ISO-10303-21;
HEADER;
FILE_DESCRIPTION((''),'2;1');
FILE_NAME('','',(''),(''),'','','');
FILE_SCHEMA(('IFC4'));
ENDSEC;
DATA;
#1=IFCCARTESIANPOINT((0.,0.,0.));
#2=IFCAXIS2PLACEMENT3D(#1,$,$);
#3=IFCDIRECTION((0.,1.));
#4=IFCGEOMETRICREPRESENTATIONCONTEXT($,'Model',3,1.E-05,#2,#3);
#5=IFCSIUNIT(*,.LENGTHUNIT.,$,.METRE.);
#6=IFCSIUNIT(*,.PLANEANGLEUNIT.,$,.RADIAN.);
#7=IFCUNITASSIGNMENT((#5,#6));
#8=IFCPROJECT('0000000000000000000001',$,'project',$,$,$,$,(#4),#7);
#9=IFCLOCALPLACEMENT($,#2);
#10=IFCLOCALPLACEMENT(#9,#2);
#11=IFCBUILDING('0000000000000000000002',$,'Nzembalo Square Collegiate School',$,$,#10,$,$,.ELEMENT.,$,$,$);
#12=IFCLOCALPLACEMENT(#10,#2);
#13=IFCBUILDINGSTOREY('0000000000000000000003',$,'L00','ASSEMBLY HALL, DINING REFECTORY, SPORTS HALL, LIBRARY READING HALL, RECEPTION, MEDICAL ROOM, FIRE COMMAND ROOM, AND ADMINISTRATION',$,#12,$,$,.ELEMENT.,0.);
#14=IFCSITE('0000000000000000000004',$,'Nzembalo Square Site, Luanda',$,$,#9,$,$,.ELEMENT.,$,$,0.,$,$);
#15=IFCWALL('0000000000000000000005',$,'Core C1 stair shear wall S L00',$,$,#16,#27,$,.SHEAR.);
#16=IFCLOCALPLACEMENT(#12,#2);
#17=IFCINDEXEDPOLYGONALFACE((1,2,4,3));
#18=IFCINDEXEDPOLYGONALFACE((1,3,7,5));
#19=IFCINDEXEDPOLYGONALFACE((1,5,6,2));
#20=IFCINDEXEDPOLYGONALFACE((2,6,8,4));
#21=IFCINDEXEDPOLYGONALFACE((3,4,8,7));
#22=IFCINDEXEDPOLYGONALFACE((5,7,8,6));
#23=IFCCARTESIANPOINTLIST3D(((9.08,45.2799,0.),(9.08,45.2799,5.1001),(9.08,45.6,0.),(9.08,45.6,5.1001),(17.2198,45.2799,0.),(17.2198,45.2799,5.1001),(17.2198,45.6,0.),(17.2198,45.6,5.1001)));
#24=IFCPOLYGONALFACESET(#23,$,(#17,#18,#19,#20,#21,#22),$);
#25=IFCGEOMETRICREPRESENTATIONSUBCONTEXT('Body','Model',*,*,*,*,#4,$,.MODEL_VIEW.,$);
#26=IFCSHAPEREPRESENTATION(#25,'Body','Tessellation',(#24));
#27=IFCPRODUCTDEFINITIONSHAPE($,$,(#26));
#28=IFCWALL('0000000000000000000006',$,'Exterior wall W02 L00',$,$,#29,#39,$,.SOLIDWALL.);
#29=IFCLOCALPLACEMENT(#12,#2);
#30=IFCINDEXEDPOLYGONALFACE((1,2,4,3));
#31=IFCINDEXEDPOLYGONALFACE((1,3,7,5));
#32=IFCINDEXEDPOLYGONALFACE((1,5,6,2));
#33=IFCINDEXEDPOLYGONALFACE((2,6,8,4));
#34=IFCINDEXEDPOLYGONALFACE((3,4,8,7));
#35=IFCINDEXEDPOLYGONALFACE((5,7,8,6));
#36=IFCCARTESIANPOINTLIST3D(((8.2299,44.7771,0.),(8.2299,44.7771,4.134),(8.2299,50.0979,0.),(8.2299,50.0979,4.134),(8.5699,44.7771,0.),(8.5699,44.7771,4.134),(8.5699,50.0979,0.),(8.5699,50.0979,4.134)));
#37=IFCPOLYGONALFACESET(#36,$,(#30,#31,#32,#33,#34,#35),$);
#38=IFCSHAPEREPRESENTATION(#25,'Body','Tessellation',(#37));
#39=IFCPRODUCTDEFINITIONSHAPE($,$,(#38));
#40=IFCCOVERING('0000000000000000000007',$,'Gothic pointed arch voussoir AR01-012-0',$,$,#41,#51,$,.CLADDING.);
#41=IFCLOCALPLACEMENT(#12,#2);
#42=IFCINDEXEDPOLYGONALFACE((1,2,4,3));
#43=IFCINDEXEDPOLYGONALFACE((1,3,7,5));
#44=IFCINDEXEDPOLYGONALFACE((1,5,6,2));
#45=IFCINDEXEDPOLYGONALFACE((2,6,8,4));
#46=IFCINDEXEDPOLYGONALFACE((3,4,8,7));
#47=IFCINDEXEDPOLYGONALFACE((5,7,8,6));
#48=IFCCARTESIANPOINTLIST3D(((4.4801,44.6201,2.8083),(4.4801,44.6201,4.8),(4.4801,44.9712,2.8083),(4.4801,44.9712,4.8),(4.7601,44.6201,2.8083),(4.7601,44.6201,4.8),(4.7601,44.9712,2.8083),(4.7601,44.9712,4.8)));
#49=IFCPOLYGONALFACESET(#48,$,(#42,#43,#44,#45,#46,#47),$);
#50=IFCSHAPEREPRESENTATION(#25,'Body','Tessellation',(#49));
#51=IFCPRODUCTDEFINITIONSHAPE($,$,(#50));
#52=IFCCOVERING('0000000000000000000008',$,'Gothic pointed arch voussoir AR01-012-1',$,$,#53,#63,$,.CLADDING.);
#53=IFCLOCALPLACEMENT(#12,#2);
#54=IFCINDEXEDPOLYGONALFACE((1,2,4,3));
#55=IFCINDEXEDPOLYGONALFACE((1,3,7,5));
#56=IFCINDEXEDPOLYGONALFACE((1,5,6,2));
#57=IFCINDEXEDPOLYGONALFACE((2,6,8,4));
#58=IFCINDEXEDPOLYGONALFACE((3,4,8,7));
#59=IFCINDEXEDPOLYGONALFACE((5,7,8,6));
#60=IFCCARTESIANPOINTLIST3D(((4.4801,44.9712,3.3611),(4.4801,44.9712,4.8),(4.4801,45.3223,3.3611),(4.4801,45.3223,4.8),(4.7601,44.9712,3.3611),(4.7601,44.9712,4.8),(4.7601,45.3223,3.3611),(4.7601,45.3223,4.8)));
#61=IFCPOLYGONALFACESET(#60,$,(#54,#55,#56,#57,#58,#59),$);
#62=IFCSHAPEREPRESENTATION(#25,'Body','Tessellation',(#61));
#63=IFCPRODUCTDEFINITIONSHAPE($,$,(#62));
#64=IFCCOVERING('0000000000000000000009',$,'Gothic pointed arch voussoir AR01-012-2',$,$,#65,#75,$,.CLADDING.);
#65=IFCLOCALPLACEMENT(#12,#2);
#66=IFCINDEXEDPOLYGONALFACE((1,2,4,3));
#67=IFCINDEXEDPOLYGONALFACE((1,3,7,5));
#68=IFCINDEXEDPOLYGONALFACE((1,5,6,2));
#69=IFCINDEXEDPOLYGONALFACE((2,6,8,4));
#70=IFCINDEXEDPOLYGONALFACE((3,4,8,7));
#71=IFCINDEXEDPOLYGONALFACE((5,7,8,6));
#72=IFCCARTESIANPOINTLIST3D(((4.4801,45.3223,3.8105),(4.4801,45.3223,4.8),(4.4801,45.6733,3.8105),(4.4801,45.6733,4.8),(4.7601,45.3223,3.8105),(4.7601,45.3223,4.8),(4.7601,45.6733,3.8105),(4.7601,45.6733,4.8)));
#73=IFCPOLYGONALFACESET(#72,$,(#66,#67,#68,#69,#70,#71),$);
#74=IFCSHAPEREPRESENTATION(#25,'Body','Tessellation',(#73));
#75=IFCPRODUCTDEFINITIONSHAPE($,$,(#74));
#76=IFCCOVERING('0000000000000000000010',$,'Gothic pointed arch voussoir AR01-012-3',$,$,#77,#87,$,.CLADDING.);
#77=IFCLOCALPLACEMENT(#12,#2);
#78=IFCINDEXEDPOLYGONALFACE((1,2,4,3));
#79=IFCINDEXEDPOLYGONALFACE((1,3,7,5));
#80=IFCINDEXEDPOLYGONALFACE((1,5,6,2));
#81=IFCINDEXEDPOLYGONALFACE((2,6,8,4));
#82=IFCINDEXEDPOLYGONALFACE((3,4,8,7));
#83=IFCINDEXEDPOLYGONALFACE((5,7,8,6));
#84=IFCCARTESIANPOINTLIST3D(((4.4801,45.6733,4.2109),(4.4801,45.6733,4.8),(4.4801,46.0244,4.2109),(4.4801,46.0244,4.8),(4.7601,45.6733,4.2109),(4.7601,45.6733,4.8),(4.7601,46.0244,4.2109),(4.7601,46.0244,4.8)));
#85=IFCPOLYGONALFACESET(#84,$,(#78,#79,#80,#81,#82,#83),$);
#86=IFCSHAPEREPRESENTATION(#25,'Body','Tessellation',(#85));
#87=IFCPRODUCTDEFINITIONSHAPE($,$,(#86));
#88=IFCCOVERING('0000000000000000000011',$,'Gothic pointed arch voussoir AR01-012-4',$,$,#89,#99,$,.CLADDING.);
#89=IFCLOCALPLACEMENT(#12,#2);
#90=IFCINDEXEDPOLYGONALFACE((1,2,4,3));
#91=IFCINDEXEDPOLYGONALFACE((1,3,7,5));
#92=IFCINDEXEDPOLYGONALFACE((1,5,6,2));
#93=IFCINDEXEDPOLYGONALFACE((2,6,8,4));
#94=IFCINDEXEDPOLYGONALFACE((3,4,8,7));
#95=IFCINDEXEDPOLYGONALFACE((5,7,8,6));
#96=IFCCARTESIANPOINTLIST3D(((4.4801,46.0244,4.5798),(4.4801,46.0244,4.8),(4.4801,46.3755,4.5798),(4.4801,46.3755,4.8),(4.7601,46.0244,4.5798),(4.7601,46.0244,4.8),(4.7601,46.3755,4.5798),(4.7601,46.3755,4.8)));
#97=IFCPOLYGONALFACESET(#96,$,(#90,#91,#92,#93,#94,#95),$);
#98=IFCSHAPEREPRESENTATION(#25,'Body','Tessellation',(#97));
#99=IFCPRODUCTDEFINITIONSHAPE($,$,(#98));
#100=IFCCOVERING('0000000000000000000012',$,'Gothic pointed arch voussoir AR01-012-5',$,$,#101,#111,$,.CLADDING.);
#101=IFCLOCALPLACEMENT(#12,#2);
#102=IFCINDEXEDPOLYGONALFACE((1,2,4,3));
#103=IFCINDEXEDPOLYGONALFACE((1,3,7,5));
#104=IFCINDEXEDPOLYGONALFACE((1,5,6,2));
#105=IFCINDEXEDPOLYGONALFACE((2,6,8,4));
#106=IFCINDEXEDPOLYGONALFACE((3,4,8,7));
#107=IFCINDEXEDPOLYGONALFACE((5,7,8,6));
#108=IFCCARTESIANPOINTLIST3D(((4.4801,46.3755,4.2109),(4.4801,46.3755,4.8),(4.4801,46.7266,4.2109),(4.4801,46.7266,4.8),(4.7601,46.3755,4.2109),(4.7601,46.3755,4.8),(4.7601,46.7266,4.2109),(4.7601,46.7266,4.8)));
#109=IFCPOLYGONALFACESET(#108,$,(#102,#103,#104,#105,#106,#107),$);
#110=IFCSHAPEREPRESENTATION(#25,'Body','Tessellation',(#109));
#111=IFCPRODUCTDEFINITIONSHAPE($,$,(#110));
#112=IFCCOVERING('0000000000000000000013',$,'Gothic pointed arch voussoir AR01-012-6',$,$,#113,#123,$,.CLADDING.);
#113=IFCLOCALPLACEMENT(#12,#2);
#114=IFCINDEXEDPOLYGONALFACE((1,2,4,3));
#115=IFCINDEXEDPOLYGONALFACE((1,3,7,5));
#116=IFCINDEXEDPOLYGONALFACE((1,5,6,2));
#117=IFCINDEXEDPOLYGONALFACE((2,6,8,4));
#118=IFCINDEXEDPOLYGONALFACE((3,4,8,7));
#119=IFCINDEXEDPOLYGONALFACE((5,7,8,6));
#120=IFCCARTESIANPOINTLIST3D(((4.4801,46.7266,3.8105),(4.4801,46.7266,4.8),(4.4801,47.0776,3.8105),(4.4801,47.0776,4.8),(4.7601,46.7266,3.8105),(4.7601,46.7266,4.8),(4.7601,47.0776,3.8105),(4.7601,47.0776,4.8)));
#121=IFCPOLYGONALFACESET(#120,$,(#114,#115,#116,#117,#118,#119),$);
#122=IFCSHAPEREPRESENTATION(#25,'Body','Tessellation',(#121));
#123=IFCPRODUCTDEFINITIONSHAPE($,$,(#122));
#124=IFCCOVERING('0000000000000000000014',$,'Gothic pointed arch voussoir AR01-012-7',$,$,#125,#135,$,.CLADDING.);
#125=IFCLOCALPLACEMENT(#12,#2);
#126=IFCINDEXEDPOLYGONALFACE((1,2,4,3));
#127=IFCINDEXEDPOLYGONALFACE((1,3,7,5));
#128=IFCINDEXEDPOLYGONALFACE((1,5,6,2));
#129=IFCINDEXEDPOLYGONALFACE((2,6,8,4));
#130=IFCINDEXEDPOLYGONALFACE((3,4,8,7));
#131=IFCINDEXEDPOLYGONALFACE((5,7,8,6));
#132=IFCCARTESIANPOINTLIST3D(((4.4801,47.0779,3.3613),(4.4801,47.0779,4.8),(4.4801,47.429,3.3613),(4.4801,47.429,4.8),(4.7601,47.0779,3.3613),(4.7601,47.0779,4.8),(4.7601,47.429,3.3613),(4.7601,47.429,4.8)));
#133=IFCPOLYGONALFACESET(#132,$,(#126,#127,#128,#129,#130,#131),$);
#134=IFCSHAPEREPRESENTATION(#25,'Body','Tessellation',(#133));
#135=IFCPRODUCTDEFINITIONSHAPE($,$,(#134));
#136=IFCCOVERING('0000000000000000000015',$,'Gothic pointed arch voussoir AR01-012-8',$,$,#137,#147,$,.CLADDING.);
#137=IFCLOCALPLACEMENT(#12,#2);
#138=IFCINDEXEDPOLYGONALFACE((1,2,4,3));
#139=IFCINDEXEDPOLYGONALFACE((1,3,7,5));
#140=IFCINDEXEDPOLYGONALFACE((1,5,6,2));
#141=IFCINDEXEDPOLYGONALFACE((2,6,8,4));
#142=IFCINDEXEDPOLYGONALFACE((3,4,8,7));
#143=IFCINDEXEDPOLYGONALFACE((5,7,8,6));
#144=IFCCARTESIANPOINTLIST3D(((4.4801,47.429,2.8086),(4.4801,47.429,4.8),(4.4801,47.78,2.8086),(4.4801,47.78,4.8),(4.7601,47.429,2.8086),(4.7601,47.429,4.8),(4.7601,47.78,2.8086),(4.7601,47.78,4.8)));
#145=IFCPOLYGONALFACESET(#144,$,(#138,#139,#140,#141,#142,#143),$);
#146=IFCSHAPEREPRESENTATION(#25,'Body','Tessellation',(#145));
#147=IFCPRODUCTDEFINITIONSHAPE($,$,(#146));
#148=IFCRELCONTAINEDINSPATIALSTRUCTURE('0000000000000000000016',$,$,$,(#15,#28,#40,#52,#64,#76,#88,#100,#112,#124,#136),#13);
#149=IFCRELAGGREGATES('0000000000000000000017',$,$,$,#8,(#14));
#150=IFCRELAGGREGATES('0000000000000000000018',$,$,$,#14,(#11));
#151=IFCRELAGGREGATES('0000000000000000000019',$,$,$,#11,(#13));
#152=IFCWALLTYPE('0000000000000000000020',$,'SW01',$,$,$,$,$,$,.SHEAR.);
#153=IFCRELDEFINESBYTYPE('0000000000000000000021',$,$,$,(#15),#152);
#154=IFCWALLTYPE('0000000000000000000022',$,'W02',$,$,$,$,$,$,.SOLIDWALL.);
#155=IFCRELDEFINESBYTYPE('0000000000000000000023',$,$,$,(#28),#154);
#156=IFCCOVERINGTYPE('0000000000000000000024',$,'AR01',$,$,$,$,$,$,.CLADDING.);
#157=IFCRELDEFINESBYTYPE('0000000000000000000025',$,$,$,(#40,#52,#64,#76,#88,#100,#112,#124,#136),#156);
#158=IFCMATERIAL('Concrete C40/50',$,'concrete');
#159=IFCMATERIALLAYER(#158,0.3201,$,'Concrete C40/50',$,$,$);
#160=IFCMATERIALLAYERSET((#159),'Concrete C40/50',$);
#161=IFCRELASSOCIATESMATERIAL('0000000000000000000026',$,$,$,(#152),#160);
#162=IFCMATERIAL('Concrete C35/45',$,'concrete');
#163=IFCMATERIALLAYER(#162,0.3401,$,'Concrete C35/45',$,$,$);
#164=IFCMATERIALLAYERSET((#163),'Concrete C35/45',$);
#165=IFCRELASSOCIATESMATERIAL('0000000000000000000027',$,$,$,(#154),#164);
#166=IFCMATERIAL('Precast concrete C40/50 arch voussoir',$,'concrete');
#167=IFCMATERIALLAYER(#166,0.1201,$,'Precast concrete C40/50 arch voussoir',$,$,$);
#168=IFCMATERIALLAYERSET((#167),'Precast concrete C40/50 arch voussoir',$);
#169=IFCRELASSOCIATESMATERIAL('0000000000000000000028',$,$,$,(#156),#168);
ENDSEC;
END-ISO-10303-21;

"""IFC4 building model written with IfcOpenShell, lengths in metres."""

from ifc_helpers import new_model, si_unit, direction, frame, frame_2d, origin, origin_2d, place, context, subcontext, project, spatial, rectangle, extrude, material, layer, layer_set, type_object, element, save


model = new_model("IFC4")

# Units and contexts
model_context = context("Model", 3, precision=1e-05, world=origin(), true_north=direction((0.0, 1.0)))
body_context = subcontext(model_context, "Body", "Model", "MODEL_VIEW")
ifc_project = project(units=[si_unit("LENGTHUNIT", "METRE"), si_unit("PLANEANGLEUNIT", "RADIAN")], contexts=[model_context])

# Site, building, storey
site_placement = place(None, origin())
site = spatial("IfcSite", under=ifc_project, at=site_placement, Name="Nzembalo Square Site, Luanda", CompositionType="ELEMENT", RefElevation=0.0)
building_placement = place(site_placement, origin())
building = spatial("IfcBuilding", under=site, at=building_placement, Name="Nzembalo Square Collegiate School", CompositionType="ELEMENT")
storey_placement = place(building_placement, origin())
storey = spatial("IfcBuildingStorey", under=building, at=storey_placement, Name="L00", Description="ASSEMBLY HALL, DINING REFECTORY, SPORTS HALL, LIBRARY READING HALL, RECEPTION, MEDICAL ROOM, FIRE COMMAND ROOM, AND ADMINISTRATION", CompositionType="ELEMENT", Elevation=0.0)

# Walls
ifc_material_1 = material(Name="Concrete C40/50", Category="concrete")
ifc_layer_1 = layer(ifc_material_1, 0.3201, Name="Concrete C40/50")
ifc_layer_set_1 = layer_set([ifc_layer_1], Name="Concrete C40/50")
wall_type_1 = type_object("IfcWallType", Name="SW01", PredefinedType="SHEAR", material=ifc_layer_set_1)
wall_1_placement = place(storey_placement, frame((9.0801, 45.4399, 0.0), z_axis=(0.0, 0.0, 1.0), x_axis=(1.0, 0.0, 0.0)))
element("IfcWall", 1, at=wall_1_placement, inside=storey, type_object=wall_type_1, Name="Core C1 stair shear wall S L00", PredefinedType="SHEAR", context=body_context, shape_type="SweptSolid", body=[
    extrude(rectangle(XDim=8.1399, YDim=0.3201, at=frame_2d((4.0698, 0.0))), origin(), (0.0, 0.0, 1.0), 5.1001),
])
ifc_material_2 = material(Name="Concrete C35/45", Category="concrete")
ifc_layer_2 = layer(ifc_material_2, 0.3401, Name="Concrete C35/45")
ifc_layer_set_2 = layer_set([ifc_layer_2], Name="Concrete C35/45")
wall_type_2 = type_object("IfcWallType", Name="W02", PredefinedType="SOLIDWALL", material=ifc_layer_set_2)
wall_2_placement = place(storey_placement, frame((8.3999, 44.7771, 0.0), z_axis=(0.0, 0.0, 1.0), x_axis=(0.0, 1.0, 0.0)))
element("IfcWall", 2, at=wall_2_placement, inside=storey, type_object=wall_type_2, Name="Exterior wall W02 L00", PredefinedType="SOLIDWALL", context=body_context, shape_type="SweptSolid", body=[
    extrude(rectangle(XDim=5.3208, YDim=0.3401, at=frame_2d((2.6604, 0.0))), origin(), (0.0, 0.0, 1.0), 4.134),
])

# Coverings
ifc_material_3 = material(Name="Precast concrete C40/50 arch voussoir", Category="concrete")
ifc_layer_3 = layer(ifc_material_3, 0.1201, Name="Precast concrete C40/50 arch voussoir")
ifc_layer_set_3 = layer_set([ifc_layer_3], Name="Precast concrete C40/50 arch voussoir")
covering_type = type_object("IfcCoveringType", Name="AR01", PredefinedType="CLADDING", material=ifc_layer_set_3)
covering_1_placement = place(storey_placement, frame((4.6201, 44.7957, 2.8083), z_axis=(0.0, 0.0, 1.0), x_axis=(1.0, 0.0, 0.0)))
element("IfcCovering", 3, at=covering_1_placement, inside=storey, type_object=covering_type, Name="Gothic pointed arch voussoir AR01-012-0", PredefinedType="CLADDING", context=body_context, shape_type="SweptSolid", body=[
    extrude(rectangle(XDim=0.28, YDim=0.3511, at=origin_2d()), origin(), (0.0, 0.0, 1.0), 1.9917),
])
covering_2_placement = place(storey_placement, frame((4.6201, 45.1467, 3.3611), z_axis=(0.0, 0.0, 1.0), x_axis=(1.0, 0.0, 0.0)))
element("IfcCovering", 4, at=covering_2_placement, inside=storey, type_object=covering_type, Name="Gothic pointed arch voussoir AR01-012-1", PredefinedType="CLADDING", context=body_context, shape_type="SweptSolid", body=[
    extrude(rectangle(XDim=0.28, YDim=0.3511, at=origin_2d()), origin(), (0.0, 0.0, 1.0), 1.439),
])
covering_3_placement = place(storey_placement, frame((4.6201, 45.4978, 3.8105), z_axis=(0.0, 0.0, 1.0), x_axis=(1.0, 0.0, 0.0)))
element("IfcCovering", 5, at=covering_3_placement, inside=storey, type_object=covering_type, Name="Gothic pointed arch voussoir AR01-012-2", PredefinedType="CLADDING", context=body_context, shape_type="SweptSolid", body=[
    extrude(rectangle(XDim=0.28, YDim=0.3511, at=origin_2d()), origin(), (0.0, 0.0, 1.0), 0.9895),
])
covering_4_placement = place(storey_placement, frame((4.6201, 45.8489, 4.2109), z_axis=(0.0, 0.0, 1.0), x_axis=(1.0, 0.0, 0.0)))
element("IfcCovering", 6, at=covering_4_placement, inside=storey, type_object=covering_type, Name="Gothic pointed arch voussoir AR01-012-3", PredefinedType="CLADDING", context=body_context, shape_type="SweptSolid", body=[
    extrude(rectangle(XDim=0.28, YDim=0.3511, at=origin_2d()), origin(), (0.0, 0.0, 1.0), 0.5891),
])
covering_5_placement = place(storey_placement, frame((4.6201, 46.2, 4.5798), z_axis=(0.0, 0.0, 1.0), x_axis=(1.0, 0.0, 0.0)))
element("IfcCovering", 7, at=covering_5_placement, inside=storey, type_object=covering_type, Name="Gothic pointed arch voussoir AR01-012-4", PredefinedType="CLADDING", context=body_context, shape_type="SweptSolid", body=[
    extrude(rectangle(XDim=0.28, YDim=0.3511, at=origin_2d()), origin(), (0.0, 0.0, 1.0), 0.2202),
])
covering_6_placement = place(storey_placement, frame((4.6201, 46.551, 4.2109), z_axis=(0.0, 0.0, 1.0), x_axis=(1.0, 0.0, 0.0)))
element("IfcCovering", 8, at=covering_6_placement, inside=storey, type_object=covering_type, Name="Gothic pointed arch voussoir AR01-012-5", PredefinedType="CLADDING", context=body_context, shape_type="SweptSolid", body=[
    extrude(rectangle(XDim=0.28, YDim=0.3511, at=origin_2d()), origin(), (0.0, 0.0, 1.0), 0.5891),
])
covering_7_placement = place(storey_placement, frame((4.6201, 46.9021, 3.8105), z_axis=(0.0, 0.0, 1.0), x_axis=(1.0, 0.0, 0.0)))
element("IfcCovering", 9, at=covering_7_placement, inside=storey, type_object=covering_type, Name="Gothic pointed arch voussoir AR01-012-6", PredefinedType="CLADDING", context=body_context, shape_type="SweptSolid", body=[
    extrude(rectangle(XDim=0.28, YDim=0.3511, at=origin_2d()), origin(), (0.0, 0.0, 1.0), 0.9895),
])
covering_8_placement = place(storey_placement, frame((4.6201, 47.2534, 3.3613), z_axis=(0.0, 0.0, 1.0), x_axis=(1.0, 0.0, 0.0)))
element("IfcCovering", 10, at=covering_8_placement, inside=storey, type_object=covering_type, Name="Gothic pointed arch voussoir AR01-012-7", PredefinedType="CLADDING", context=body_context, shape_type="SweptSolid", body=[
    extrude(rectangle(XDim=0.28, YDim=0.3511, at=origin_2d()), origin(), (0.0, 0.0, 1.0), 1.4387),
])
covering_9_placement = place(storey_placement, frame((4.6201, 47.6045, 2.8086), z_axis=(0.0, 0.0, 1.0), x_axis=(1.0, 0.0, 0.0)))
element("IfcCovering", 11, at=covering_9_placement, inside=storey, type_object=covering_type, Name="Gothic pointed arch voussoir AR01-012-8", PredefinedType="CLADDING", context=body_context, shape_type="SweptSolid", body=[
    extrude(rectangle(XDim=0.28, YDim=0.3511, at=origin_2d()), origin(), (0.0, 0.0, 1.0), 1.9915),
])

save(model, "model.ifc")
